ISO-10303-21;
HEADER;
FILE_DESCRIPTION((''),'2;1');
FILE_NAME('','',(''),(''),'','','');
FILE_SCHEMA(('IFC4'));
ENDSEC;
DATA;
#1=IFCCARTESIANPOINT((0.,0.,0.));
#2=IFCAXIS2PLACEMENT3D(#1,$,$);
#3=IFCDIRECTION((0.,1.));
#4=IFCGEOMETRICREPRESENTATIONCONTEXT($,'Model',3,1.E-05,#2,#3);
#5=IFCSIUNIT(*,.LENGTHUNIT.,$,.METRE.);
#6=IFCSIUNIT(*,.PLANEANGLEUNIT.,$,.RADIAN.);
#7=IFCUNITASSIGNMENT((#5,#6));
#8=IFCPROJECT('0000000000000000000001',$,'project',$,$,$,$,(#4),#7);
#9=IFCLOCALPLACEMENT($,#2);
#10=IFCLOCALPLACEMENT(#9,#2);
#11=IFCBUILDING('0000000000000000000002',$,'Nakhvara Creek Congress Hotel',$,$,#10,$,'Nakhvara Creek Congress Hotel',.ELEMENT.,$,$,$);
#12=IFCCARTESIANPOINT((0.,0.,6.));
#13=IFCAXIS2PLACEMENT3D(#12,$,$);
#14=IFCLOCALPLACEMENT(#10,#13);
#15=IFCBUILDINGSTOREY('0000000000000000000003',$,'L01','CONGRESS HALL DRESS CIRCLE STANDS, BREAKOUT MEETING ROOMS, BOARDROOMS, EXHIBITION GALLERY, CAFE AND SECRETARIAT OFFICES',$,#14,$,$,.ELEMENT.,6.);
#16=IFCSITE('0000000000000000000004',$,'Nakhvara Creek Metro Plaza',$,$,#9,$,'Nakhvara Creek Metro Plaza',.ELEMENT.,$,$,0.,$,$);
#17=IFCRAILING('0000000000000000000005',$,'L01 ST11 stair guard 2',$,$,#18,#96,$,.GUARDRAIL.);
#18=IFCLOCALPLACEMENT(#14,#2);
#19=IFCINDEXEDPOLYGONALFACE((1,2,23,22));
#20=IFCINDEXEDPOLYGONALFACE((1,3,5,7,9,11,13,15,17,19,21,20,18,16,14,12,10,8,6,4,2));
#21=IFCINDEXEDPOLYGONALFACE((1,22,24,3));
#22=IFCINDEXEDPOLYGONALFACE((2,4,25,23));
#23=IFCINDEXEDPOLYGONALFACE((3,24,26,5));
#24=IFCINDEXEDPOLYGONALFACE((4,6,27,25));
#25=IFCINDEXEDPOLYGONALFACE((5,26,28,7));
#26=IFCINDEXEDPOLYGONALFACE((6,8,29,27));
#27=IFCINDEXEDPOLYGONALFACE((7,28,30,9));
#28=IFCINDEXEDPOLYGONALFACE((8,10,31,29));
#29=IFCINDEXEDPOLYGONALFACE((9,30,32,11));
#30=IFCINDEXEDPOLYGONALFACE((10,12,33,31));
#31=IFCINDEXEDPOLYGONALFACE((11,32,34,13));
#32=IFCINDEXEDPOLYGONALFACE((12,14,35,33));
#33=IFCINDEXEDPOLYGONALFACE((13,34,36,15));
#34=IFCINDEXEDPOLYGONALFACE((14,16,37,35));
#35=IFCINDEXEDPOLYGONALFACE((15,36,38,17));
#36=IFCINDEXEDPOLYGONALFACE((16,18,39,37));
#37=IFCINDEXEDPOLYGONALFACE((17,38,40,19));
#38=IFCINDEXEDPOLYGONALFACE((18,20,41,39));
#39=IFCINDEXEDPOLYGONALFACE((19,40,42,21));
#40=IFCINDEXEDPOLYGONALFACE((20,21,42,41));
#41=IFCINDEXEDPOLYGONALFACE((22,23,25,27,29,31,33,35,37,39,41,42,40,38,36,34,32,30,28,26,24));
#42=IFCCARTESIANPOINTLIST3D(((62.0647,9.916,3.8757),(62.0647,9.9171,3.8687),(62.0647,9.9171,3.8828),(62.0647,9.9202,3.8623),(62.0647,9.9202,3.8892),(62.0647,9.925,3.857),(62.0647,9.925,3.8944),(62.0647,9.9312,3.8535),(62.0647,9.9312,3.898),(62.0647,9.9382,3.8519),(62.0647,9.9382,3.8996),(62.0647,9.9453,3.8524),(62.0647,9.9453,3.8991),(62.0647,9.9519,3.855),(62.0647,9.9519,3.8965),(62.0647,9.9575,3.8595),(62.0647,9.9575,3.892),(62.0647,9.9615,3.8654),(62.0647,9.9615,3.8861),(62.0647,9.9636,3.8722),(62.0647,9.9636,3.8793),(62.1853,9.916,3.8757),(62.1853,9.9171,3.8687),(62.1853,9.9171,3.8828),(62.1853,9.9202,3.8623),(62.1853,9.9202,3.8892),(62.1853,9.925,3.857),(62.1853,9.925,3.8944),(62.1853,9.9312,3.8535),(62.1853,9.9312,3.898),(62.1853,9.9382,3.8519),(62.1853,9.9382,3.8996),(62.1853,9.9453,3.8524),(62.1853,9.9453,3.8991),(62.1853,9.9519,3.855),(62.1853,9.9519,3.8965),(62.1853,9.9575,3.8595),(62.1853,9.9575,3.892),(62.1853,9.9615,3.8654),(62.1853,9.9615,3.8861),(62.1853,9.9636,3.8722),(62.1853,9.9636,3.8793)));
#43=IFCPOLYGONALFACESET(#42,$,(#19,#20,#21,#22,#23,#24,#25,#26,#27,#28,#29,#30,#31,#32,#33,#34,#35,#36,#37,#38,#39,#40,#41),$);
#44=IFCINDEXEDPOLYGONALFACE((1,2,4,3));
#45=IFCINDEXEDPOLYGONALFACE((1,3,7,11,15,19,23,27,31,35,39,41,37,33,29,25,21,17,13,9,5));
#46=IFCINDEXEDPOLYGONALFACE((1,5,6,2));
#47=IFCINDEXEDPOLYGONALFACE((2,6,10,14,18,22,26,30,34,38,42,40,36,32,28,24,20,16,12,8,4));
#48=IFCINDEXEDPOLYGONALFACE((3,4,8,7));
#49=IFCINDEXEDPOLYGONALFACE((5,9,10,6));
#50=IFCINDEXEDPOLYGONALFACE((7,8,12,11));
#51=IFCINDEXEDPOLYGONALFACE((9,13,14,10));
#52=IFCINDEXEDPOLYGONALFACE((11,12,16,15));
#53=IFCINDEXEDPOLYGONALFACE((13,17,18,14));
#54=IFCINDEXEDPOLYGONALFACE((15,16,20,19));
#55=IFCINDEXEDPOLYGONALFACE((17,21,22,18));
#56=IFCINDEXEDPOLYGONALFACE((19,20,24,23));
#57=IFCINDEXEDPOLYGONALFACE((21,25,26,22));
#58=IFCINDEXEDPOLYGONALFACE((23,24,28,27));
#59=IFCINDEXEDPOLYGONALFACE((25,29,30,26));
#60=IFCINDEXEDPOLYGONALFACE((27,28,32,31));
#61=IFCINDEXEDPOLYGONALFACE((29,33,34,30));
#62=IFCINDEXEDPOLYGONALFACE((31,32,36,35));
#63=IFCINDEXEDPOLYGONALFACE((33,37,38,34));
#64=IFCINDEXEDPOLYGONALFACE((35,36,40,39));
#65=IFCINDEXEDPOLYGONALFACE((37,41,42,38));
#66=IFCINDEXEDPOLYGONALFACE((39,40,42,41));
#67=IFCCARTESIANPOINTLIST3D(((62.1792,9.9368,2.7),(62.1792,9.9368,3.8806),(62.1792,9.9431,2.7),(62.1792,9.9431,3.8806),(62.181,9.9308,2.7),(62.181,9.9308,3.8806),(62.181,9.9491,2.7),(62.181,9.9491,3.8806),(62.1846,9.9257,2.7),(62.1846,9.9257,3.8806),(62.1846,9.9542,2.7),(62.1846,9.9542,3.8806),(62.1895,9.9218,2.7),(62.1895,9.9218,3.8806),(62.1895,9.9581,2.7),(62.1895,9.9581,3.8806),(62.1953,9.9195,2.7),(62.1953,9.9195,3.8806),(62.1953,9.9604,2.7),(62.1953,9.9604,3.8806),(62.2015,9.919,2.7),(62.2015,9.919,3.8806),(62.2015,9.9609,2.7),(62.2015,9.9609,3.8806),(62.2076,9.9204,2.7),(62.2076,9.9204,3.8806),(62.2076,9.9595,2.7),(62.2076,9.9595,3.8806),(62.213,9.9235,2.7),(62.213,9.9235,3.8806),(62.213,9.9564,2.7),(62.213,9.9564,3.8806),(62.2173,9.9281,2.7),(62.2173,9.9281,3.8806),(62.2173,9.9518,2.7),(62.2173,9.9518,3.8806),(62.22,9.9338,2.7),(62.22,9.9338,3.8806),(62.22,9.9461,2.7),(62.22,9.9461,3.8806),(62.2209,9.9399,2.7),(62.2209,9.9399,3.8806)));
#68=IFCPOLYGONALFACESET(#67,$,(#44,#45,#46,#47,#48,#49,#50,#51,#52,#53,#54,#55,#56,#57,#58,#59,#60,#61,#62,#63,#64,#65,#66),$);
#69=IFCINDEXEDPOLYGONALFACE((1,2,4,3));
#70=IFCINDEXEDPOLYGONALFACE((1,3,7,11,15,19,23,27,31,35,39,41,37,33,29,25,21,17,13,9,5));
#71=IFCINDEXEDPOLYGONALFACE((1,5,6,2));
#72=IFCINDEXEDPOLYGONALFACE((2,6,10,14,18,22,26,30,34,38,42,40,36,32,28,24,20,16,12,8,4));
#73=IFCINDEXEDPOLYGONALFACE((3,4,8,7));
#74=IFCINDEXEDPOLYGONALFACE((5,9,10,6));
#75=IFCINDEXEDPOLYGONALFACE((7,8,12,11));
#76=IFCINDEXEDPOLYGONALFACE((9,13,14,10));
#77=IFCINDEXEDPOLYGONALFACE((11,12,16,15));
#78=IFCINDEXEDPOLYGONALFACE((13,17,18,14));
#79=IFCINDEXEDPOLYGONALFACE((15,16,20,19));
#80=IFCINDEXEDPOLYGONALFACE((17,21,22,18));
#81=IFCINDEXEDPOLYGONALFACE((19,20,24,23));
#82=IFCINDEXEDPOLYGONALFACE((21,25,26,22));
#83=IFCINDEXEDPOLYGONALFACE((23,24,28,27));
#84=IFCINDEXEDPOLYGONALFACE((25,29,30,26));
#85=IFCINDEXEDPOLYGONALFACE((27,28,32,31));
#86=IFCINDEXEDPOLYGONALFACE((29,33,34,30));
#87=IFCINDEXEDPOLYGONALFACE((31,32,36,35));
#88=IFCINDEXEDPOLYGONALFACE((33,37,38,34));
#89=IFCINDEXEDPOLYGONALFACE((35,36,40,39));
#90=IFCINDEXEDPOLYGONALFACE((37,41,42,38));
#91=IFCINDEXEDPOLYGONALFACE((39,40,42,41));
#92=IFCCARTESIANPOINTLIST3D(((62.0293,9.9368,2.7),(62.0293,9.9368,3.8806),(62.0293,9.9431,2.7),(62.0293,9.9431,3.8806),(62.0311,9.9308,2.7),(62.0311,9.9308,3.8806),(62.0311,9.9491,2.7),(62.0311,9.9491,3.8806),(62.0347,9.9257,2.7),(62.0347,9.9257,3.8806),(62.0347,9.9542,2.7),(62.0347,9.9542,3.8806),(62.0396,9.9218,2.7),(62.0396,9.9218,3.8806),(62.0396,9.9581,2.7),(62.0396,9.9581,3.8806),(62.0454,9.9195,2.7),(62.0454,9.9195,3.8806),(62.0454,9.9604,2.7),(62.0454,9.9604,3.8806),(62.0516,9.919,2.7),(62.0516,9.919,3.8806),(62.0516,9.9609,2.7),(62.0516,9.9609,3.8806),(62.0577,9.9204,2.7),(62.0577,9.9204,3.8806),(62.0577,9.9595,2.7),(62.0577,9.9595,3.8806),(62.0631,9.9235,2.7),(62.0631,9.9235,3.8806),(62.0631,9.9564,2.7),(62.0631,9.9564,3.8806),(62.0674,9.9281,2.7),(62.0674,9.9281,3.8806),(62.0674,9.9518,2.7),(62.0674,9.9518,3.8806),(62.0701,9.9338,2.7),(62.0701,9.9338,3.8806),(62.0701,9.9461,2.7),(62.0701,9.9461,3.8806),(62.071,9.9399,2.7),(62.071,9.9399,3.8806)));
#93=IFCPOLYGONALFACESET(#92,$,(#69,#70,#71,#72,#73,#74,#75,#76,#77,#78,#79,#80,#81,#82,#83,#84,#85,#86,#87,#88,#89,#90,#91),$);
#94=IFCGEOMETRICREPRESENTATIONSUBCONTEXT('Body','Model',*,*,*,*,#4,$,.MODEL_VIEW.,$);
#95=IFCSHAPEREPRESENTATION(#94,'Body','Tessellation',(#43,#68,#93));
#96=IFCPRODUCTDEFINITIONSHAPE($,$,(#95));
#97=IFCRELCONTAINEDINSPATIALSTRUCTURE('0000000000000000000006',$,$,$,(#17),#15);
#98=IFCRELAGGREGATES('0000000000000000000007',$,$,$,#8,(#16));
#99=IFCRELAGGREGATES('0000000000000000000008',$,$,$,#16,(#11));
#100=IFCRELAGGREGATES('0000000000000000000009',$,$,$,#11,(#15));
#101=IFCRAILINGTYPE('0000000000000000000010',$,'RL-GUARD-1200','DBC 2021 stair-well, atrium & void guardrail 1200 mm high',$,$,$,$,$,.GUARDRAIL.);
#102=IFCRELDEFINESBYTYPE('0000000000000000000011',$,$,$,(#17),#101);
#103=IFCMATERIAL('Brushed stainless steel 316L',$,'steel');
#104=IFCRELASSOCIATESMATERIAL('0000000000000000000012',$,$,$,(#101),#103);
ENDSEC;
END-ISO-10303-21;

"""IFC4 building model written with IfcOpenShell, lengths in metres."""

from ifc_helpers import new_model, si_unit, direction, frame, origin, origin_2d, place, context, subcontext, project, spatial, circle, extrude, material, type_object, element, save


model = new_model("IFC4")

# Units and contexts
model_context = context("Model", 3, precision=1e-05, world=origin(), true_north=direction((0.0, 1.0)))
body_context = subcontext(model_context, "Body", "Model", "MODEL_VIEW")
ifc_project = project(units=[si_unit("LENGTHUNIT", "METRE"), si_unit("PLANEANGLEUNIT", "RADIAN")], contexts=[model_context])

# Site, building, storey
site_placement = place(None, origin())
site = spatial("IfcSite", under=ifc_project, at=site_placement, Name="Nakhvara Creek Metro Plaza", LongName="Nakhvara Creek Metro Plaza", CompositionType="ELEMENT", RefElevation=0.0)
building_placement = place(site_placement, origin())
building = spatial("IfcBuilding", under=site, at=building_placement, Name="Nakhvara Creek Congress Hotel", LongName="Nakhvara Creek Congress Hotel", CompositionType="ELEMENT")
storey_placement = place(building_placement, frame((0.0, 0.0, 6.0)))
storey = spatial("IfcBuildingStorey", under=building, at=storey_placement, Name="L01", Description="CONGRESS HALL DRESS CIRCLE STANDS, BREAKOUT MEETING ROOMS, BOARDROOMS, EXHIBITION GALLERY, CAFE AND SECRETARIAT OFFICES", CompositionType="ELEMENT", Elevation=6.0)

# Railing
ifc_material_1 = material(Name="Brushed stainless steel 316L", Category="steel")
railing_type_1 = type_object("IfcRailingType", Name="RL-GUARD-1200", Description="DBC 2021 stair-well, atrium & void guardrail 1200 mm high", PredefinedType="GUARDRAIL", material=ifc_material_1)
railing_1_placement = place(storey_placement, frame((62.2, 9.9399, 2.7)))
element("IfcRailing", 1, at=railing_1_placement, inside=storey, type_object=railing_type_1, Name="L01 ST11 stair guard 2", PredefinedType="GUARDRAIL", context=body_context, shape_type="SweptSolid", body=[
    extrude(circle(Radius=0.0239, at=origin_2d()), frame((-0.0146, 0.0, 1.1758), z_axis=(-1.0, 0.0, 0.0), x_axis=(0.0, -1.0, 0.0)), (0.0, 0.0, 1.0), 0.1206),
    extrude(circle(Radius=0.021, at=origin_2d()), origin(), (0.0, 0.0, 1.0), 1.1807),
    extrude(circle(Radius=0.021, at=origin_2d()), frame((-0.1499, 0.0, 0.0)), (0.0, 0.0, 1.0), 1.1807),
])

save(model, "model.ifc")
